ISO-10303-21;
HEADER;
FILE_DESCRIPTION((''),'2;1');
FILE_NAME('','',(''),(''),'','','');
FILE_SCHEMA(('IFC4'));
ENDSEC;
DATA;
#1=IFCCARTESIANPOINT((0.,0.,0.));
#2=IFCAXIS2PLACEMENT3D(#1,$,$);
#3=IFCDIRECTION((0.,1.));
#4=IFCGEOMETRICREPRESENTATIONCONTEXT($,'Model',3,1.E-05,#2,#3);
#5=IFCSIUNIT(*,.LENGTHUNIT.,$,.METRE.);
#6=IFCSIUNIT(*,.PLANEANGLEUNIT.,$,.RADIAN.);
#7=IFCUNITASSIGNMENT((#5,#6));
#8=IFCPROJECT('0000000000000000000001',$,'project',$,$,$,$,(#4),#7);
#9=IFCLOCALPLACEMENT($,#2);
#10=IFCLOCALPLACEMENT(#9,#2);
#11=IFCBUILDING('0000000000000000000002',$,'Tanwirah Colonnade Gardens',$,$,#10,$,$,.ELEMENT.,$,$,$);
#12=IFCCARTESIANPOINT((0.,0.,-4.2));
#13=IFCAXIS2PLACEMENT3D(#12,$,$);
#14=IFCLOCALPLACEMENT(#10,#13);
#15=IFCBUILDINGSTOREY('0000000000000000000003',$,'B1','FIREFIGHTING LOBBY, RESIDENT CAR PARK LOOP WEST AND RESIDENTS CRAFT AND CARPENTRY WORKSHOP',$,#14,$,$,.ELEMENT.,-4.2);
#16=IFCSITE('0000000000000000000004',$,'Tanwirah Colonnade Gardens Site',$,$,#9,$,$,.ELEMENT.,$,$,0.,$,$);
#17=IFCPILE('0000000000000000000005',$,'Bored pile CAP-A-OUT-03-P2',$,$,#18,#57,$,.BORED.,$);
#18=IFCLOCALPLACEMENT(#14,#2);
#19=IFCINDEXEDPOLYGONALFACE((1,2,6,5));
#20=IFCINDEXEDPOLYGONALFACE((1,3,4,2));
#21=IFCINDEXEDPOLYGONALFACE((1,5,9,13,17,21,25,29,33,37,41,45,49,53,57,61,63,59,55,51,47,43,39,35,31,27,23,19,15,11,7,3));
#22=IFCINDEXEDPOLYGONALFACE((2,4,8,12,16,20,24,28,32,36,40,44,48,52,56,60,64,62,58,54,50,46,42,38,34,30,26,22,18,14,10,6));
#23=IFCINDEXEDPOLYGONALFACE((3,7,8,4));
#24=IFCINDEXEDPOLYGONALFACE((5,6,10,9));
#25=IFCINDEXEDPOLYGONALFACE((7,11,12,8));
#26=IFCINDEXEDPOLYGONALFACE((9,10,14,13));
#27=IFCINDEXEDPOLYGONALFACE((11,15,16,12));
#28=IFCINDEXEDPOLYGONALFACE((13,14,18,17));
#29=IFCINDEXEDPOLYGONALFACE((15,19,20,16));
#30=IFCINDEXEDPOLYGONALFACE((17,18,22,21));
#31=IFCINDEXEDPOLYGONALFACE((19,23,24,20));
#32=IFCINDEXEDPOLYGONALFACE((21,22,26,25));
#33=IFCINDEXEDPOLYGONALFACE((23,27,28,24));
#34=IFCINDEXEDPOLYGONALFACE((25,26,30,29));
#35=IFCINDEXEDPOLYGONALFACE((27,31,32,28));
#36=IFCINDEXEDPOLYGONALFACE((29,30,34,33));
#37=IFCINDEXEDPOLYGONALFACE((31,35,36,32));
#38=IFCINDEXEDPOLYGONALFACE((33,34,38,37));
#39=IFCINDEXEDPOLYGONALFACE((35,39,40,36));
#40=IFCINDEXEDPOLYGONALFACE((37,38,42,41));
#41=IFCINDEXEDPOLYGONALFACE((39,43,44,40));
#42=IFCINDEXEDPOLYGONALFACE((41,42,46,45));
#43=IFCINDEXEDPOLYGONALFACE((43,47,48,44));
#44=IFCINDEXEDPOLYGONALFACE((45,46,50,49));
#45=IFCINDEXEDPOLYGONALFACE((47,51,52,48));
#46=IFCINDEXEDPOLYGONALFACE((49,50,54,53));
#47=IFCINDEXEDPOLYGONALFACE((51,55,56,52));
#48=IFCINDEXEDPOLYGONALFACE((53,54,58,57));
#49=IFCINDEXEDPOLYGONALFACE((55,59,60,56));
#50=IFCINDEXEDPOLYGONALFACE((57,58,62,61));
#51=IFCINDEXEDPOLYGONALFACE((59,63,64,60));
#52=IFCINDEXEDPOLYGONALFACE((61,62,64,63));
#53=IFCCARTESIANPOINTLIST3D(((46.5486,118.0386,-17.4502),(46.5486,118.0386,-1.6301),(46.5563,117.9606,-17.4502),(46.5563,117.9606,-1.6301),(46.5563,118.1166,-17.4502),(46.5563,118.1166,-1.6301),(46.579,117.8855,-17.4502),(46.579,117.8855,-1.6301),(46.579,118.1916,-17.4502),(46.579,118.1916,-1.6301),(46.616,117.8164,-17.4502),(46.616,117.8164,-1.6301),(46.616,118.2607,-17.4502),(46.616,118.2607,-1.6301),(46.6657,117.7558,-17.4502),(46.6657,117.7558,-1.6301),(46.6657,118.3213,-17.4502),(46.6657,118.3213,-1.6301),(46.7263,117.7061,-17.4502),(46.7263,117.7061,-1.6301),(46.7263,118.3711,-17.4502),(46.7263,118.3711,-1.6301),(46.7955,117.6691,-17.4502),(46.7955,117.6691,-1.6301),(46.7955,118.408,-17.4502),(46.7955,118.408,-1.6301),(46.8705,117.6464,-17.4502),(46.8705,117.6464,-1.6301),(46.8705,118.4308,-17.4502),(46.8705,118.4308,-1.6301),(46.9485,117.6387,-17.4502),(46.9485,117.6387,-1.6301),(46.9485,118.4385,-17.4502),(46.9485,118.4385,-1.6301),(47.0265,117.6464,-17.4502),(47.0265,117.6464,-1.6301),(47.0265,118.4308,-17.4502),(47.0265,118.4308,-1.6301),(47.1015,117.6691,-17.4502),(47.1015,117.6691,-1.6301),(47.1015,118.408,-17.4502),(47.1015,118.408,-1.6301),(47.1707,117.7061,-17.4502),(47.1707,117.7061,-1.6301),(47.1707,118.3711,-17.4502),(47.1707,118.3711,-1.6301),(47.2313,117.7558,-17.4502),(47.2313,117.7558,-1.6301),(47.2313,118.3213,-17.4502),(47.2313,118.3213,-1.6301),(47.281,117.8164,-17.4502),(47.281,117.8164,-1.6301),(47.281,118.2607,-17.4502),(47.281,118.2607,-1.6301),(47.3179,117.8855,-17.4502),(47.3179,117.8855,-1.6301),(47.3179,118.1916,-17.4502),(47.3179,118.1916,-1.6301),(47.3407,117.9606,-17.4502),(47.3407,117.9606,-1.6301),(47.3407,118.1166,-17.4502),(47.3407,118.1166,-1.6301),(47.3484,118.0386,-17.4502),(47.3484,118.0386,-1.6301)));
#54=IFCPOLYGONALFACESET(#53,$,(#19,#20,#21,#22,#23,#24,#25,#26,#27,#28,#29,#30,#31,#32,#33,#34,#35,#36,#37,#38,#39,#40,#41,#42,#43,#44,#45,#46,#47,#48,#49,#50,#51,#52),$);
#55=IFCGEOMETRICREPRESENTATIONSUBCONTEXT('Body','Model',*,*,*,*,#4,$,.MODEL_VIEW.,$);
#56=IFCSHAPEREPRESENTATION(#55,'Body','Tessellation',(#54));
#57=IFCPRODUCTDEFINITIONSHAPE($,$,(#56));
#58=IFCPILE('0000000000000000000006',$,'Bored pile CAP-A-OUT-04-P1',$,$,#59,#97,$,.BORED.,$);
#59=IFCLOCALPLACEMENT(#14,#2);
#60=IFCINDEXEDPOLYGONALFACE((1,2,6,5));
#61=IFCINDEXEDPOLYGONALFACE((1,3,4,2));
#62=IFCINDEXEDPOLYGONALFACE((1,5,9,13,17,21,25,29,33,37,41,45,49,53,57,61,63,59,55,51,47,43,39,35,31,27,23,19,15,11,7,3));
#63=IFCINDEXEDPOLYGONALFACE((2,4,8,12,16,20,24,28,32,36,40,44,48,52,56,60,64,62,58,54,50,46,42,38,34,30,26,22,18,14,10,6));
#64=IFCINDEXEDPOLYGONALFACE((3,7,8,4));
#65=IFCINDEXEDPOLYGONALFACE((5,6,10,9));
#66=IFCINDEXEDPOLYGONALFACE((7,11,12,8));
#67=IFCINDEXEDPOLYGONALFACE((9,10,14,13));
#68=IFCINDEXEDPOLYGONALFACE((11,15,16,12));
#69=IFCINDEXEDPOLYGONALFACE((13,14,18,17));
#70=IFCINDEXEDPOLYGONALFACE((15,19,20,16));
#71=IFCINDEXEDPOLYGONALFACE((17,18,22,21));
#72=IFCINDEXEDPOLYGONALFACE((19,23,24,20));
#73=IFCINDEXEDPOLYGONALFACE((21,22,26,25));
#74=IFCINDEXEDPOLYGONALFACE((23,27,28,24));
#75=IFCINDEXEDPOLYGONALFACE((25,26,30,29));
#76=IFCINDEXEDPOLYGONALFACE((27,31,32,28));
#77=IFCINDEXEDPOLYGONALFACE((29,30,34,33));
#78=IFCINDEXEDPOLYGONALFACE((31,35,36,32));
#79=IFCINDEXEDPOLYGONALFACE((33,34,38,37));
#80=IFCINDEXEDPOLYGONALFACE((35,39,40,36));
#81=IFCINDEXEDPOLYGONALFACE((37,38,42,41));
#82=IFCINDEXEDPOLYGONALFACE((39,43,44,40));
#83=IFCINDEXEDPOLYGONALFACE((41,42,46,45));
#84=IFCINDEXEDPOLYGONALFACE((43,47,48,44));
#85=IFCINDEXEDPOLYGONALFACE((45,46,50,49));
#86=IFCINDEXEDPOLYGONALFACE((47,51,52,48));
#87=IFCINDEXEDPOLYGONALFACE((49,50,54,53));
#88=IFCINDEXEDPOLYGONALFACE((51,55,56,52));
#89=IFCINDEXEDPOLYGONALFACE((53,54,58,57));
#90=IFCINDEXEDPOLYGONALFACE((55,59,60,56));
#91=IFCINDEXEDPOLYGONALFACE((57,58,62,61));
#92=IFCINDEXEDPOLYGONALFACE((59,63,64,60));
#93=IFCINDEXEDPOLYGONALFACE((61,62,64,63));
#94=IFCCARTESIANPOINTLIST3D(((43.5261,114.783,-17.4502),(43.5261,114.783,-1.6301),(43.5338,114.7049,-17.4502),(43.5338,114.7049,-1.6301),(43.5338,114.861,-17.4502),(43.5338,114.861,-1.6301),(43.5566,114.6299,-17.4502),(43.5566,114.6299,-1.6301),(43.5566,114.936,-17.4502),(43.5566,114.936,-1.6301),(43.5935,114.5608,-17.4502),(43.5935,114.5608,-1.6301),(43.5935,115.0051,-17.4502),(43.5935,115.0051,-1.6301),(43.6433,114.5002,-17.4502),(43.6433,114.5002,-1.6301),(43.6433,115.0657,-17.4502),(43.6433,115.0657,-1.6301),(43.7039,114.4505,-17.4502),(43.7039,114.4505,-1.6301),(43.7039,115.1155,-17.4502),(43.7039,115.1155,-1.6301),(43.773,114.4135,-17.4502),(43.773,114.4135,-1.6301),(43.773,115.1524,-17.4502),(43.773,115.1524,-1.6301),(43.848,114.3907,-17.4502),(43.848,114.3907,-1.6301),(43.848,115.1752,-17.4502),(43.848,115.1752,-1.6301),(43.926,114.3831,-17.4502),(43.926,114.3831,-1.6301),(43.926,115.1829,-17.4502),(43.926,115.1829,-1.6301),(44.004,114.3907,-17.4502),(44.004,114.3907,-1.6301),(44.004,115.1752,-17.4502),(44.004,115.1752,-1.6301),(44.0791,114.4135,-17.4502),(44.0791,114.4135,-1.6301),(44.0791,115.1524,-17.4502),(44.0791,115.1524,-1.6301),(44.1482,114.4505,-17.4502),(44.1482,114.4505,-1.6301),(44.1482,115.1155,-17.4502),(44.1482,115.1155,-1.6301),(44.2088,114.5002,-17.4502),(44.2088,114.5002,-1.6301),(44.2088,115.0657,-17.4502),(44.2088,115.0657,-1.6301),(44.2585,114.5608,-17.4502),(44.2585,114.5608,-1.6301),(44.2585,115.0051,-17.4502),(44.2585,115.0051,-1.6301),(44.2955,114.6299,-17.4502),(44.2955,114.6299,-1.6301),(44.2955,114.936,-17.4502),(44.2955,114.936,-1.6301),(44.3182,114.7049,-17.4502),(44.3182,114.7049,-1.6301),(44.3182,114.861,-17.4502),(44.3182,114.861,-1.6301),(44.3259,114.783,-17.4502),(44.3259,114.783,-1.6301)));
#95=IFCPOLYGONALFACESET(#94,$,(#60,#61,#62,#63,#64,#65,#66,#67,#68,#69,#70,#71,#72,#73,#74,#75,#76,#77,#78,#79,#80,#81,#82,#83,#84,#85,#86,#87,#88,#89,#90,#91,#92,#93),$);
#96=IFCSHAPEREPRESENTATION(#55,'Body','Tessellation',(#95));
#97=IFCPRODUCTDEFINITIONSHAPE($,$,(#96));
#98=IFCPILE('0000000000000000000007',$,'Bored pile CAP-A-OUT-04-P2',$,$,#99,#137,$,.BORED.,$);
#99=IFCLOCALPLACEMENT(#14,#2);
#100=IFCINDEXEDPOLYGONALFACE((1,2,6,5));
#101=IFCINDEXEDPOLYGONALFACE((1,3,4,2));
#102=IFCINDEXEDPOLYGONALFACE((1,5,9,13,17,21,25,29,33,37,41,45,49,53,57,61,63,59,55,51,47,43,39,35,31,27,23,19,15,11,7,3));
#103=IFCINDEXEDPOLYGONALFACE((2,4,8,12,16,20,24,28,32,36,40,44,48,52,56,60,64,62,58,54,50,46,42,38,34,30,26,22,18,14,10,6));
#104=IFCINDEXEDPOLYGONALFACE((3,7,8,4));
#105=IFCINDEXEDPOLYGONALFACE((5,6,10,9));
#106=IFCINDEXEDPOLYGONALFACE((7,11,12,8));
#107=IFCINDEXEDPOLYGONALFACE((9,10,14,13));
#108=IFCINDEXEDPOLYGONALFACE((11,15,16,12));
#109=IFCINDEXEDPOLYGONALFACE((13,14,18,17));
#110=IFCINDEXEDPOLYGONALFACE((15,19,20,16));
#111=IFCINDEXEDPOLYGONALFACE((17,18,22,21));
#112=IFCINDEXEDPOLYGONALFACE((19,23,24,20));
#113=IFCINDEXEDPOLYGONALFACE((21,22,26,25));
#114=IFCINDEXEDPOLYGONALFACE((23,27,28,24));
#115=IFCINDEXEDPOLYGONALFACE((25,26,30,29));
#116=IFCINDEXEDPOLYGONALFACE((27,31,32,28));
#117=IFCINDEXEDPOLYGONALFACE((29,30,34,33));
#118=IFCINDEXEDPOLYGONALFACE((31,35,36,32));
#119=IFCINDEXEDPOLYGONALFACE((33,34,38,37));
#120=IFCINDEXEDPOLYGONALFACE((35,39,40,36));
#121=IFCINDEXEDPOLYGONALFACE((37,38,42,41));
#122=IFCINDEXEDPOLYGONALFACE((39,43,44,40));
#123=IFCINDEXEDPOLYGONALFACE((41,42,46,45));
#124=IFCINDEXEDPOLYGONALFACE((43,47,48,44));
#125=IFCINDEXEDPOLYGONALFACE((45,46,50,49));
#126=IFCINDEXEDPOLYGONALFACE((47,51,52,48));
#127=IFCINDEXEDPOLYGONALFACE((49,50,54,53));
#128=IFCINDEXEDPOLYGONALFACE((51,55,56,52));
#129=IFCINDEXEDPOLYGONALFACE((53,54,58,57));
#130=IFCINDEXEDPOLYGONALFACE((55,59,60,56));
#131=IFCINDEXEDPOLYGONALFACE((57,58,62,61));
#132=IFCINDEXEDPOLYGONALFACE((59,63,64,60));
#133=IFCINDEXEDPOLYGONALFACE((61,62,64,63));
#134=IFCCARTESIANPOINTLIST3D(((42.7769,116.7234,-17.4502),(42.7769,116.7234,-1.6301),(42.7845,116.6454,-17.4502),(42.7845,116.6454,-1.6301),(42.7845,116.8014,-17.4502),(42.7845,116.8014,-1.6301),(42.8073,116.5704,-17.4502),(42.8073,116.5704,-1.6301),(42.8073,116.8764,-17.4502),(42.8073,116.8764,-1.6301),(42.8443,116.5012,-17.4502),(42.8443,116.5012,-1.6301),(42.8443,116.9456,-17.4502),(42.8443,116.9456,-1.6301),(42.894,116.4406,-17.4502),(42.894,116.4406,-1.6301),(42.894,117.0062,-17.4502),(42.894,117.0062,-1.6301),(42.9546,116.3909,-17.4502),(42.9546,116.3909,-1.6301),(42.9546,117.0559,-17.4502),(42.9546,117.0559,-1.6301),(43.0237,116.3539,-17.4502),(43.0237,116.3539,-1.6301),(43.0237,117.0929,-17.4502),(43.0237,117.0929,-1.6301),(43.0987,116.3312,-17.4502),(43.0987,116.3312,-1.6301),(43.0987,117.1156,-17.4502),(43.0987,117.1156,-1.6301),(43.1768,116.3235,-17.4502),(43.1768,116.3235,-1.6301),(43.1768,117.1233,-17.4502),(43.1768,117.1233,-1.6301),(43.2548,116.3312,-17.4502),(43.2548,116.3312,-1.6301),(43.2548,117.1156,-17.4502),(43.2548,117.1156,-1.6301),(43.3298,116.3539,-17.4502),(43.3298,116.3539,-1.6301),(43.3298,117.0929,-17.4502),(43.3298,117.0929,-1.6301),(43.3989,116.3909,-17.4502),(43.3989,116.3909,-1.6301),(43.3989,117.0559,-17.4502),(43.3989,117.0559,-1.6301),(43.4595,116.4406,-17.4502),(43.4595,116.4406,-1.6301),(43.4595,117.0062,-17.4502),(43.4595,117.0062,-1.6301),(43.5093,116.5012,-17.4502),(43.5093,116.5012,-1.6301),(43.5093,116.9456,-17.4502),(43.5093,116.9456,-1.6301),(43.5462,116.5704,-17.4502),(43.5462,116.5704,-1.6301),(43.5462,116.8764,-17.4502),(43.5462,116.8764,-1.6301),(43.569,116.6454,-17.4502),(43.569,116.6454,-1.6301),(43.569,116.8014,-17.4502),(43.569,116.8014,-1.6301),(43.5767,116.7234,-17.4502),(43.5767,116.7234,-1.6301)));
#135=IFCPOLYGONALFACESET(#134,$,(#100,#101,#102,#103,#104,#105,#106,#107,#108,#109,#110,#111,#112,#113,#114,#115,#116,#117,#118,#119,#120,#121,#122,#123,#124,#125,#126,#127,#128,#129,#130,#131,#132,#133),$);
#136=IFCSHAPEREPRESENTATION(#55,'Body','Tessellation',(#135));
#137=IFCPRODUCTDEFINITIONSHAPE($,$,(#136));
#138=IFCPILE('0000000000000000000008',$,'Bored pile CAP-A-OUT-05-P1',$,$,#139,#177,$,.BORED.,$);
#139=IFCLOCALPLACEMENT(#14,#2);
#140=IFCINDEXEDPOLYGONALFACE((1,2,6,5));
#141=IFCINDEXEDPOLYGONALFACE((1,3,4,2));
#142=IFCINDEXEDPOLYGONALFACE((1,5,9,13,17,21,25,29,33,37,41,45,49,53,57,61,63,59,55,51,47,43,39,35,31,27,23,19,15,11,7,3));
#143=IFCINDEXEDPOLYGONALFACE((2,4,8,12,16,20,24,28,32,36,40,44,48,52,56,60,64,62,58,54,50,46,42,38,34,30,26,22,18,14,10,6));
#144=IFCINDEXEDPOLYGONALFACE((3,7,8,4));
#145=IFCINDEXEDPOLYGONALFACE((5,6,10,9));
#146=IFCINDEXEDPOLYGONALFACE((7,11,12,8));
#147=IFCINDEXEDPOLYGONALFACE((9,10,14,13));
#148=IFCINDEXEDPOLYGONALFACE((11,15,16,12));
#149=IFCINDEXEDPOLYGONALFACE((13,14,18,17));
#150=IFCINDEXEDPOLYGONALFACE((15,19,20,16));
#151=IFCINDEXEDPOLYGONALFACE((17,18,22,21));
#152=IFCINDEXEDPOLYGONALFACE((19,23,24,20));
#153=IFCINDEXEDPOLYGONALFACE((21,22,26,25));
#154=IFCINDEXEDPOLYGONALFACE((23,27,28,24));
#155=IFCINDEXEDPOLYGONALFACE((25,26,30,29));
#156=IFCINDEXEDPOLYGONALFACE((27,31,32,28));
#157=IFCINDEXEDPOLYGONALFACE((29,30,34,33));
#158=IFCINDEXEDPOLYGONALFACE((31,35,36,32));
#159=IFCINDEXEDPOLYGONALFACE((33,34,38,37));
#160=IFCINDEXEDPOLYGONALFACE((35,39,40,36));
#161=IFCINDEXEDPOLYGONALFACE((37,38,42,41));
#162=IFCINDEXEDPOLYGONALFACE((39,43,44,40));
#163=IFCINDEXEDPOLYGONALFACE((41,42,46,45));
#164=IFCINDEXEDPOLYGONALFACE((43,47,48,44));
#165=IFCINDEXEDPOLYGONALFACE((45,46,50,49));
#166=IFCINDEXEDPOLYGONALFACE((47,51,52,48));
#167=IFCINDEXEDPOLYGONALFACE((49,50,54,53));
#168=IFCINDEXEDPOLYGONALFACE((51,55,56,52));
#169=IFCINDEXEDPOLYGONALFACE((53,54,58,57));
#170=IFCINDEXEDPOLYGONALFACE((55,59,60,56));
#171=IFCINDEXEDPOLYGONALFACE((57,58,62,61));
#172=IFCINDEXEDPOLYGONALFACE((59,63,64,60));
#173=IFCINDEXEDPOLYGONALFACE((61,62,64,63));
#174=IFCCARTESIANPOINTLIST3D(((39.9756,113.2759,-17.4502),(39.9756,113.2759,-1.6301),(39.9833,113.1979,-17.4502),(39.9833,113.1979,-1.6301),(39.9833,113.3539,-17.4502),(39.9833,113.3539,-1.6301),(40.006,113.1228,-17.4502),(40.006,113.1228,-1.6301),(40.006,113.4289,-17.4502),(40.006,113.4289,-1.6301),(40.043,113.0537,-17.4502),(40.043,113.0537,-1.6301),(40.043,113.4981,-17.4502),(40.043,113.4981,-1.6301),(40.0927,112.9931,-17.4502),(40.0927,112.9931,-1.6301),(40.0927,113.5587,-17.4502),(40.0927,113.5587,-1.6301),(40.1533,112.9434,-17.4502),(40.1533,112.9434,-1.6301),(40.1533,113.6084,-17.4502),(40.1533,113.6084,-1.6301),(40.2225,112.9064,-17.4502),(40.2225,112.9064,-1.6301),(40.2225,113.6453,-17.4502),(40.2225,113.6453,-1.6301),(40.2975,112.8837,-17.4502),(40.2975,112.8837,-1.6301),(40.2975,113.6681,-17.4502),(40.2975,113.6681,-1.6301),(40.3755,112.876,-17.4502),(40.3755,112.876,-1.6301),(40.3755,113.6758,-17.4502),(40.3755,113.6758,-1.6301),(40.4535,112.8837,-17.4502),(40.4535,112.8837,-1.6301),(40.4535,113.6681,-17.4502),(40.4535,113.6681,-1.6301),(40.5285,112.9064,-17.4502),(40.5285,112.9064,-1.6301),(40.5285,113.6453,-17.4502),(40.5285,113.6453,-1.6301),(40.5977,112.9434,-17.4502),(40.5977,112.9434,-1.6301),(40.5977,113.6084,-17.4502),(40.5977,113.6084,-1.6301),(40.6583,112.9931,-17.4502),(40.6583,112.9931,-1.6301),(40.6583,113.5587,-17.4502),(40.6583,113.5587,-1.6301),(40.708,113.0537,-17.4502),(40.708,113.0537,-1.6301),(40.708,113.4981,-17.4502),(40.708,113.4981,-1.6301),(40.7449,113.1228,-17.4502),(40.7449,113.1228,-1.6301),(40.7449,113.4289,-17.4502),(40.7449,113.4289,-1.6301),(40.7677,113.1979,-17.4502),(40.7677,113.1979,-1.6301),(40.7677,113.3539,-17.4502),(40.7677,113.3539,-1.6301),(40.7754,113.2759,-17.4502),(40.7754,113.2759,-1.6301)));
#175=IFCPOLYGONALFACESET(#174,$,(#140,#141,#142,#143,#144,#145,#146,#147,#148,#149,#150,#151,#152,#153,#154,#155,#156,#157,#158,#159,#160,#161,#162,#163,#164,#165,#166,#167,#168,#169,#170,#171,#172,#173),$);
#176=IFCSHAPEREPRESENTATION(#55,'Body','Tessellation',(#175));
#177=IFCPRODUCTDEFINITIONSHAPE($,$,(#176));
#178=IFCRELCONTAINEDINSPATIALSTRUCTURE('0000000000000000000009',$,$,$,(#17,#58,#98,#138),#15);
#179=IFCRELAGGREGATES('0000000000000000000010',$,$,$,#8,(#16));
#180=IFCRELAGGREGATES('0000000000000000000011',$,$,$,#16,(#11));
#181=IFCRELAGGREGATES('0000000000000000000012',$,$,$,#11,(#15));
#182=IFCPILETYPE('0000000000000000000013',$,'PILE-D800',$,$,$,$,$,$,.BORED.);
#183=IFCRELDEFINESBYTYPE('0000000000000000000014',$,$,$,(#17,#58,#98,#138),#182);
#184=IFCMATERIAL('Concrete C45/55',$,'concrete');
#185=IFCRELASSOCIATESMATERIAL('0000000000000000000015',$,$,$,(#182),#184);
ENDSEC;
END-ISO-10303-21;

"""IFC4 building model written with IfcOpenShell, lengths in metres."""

from ifc_helpers import new_model, si_unit, direction, frame, origin, origin_2d, place, context, subcontext, project, spatial, circle, extrude, material, material_profile, profile_set, type_object, element, save


model = new_model("IFC4")

# Units and contexts
model_context = context("Model", 3, precision=1e-05, world=origin(), true_north=direction((0.0, 1.0)))
body_context = subcontext(model_context, "Body", "Model", "MODEL_VIEW")
ifc_project = project(units=[si_unit("LENGTHUNIT", "METRE"), si_unit("PLANEANGLEUNIT", "RADIAN")], contexts=[model_context])

# Site, building, storey
site_placement = place(None, origin())
site = spatial("IfcSite", under=ifc_project, at=site_placement, Name="Tanwirah Colonnade Gardens Site", CompositionType="ELEMENT", RefElevation=0.0)
building_placement = place(site_placement, origin())
building = spatial("IfcBuilding", under=site, at=building_placement, Name="Tanwirah Colonnade Gardens", CompositionType="ELEMENT")
storey_placement = place(building_placement, frame((0.0, 0.0, -4.2)))
storey = spatial("IfcBuildingStorey", under=building, at=storey_placement, Name="B1", Description="FIREFIGHTING LOBBY, RESIDENT CAR PARK LOOP WEST AND RESIDENTS CRAFT AND CARPENTRY WORKSHOP", CompositionType="ELEMENT", Elevation=-4.2)

# Shared definitions
ifc_material_1 = material(Name="Concrete C45/55", Category="concrete")

# Piles
ifc_material_profile_1 = material_profile(ifc_material_1, circle(Radius=0.3999, at=origin_2d()), Name="PILE D800")
ifc_profile_set_1 = profile_set([ifc_material_profile_1], Name="Concrete C45/55")
pile_type_1 = type_object("IfcPileType", Name="PILE-D800", PredefinedType="BORED", material=ifc_profile_set_1)
for number, where, z_axis, x_axis, name in (
    (1, (46.9485, 118.0386, -1.6301), (0.0, 0.0, -1.0), (1.0, 0.0, 0.0), "Bored pile CAP-A-OUT-03-P2"),
    (2, (43.926, 114.783, -1.6301), (0.0, 0.0, -1.0), (1.0, 0.0, 0.0), "Bored pile CAP-A-OUT-04-P1"),
    (3, (43.1768, 116.7234, -1.6301), (0.0, 0.0, -1.0), (1.0, 0.0, 0.0), "Bored pile CAP-A-OUT-04-P2"),
    (4, (40.3755, 113.2759, -1.6301), (0.0, 0.0, -1.0), (1.0, 0.0, 0.0), "Bored pile CAP-A-OUT-05-P1"),
):
    element("IfcPile", number, at=place(storey_placement, frame(where, z_axis=z_axis, x_axis=x_axis)), inside=storey, type_object=pile_type_1, Name=name, PredefinedType="BORED", context=body_context, shape_type="SweptSolid", body=[
        extrude(circle(Radius=0.3999, at=origin_2d()), origin(), (0.0, 0.0, 1.0), 15.8201),
    ])

save(model, "model.ifc")
